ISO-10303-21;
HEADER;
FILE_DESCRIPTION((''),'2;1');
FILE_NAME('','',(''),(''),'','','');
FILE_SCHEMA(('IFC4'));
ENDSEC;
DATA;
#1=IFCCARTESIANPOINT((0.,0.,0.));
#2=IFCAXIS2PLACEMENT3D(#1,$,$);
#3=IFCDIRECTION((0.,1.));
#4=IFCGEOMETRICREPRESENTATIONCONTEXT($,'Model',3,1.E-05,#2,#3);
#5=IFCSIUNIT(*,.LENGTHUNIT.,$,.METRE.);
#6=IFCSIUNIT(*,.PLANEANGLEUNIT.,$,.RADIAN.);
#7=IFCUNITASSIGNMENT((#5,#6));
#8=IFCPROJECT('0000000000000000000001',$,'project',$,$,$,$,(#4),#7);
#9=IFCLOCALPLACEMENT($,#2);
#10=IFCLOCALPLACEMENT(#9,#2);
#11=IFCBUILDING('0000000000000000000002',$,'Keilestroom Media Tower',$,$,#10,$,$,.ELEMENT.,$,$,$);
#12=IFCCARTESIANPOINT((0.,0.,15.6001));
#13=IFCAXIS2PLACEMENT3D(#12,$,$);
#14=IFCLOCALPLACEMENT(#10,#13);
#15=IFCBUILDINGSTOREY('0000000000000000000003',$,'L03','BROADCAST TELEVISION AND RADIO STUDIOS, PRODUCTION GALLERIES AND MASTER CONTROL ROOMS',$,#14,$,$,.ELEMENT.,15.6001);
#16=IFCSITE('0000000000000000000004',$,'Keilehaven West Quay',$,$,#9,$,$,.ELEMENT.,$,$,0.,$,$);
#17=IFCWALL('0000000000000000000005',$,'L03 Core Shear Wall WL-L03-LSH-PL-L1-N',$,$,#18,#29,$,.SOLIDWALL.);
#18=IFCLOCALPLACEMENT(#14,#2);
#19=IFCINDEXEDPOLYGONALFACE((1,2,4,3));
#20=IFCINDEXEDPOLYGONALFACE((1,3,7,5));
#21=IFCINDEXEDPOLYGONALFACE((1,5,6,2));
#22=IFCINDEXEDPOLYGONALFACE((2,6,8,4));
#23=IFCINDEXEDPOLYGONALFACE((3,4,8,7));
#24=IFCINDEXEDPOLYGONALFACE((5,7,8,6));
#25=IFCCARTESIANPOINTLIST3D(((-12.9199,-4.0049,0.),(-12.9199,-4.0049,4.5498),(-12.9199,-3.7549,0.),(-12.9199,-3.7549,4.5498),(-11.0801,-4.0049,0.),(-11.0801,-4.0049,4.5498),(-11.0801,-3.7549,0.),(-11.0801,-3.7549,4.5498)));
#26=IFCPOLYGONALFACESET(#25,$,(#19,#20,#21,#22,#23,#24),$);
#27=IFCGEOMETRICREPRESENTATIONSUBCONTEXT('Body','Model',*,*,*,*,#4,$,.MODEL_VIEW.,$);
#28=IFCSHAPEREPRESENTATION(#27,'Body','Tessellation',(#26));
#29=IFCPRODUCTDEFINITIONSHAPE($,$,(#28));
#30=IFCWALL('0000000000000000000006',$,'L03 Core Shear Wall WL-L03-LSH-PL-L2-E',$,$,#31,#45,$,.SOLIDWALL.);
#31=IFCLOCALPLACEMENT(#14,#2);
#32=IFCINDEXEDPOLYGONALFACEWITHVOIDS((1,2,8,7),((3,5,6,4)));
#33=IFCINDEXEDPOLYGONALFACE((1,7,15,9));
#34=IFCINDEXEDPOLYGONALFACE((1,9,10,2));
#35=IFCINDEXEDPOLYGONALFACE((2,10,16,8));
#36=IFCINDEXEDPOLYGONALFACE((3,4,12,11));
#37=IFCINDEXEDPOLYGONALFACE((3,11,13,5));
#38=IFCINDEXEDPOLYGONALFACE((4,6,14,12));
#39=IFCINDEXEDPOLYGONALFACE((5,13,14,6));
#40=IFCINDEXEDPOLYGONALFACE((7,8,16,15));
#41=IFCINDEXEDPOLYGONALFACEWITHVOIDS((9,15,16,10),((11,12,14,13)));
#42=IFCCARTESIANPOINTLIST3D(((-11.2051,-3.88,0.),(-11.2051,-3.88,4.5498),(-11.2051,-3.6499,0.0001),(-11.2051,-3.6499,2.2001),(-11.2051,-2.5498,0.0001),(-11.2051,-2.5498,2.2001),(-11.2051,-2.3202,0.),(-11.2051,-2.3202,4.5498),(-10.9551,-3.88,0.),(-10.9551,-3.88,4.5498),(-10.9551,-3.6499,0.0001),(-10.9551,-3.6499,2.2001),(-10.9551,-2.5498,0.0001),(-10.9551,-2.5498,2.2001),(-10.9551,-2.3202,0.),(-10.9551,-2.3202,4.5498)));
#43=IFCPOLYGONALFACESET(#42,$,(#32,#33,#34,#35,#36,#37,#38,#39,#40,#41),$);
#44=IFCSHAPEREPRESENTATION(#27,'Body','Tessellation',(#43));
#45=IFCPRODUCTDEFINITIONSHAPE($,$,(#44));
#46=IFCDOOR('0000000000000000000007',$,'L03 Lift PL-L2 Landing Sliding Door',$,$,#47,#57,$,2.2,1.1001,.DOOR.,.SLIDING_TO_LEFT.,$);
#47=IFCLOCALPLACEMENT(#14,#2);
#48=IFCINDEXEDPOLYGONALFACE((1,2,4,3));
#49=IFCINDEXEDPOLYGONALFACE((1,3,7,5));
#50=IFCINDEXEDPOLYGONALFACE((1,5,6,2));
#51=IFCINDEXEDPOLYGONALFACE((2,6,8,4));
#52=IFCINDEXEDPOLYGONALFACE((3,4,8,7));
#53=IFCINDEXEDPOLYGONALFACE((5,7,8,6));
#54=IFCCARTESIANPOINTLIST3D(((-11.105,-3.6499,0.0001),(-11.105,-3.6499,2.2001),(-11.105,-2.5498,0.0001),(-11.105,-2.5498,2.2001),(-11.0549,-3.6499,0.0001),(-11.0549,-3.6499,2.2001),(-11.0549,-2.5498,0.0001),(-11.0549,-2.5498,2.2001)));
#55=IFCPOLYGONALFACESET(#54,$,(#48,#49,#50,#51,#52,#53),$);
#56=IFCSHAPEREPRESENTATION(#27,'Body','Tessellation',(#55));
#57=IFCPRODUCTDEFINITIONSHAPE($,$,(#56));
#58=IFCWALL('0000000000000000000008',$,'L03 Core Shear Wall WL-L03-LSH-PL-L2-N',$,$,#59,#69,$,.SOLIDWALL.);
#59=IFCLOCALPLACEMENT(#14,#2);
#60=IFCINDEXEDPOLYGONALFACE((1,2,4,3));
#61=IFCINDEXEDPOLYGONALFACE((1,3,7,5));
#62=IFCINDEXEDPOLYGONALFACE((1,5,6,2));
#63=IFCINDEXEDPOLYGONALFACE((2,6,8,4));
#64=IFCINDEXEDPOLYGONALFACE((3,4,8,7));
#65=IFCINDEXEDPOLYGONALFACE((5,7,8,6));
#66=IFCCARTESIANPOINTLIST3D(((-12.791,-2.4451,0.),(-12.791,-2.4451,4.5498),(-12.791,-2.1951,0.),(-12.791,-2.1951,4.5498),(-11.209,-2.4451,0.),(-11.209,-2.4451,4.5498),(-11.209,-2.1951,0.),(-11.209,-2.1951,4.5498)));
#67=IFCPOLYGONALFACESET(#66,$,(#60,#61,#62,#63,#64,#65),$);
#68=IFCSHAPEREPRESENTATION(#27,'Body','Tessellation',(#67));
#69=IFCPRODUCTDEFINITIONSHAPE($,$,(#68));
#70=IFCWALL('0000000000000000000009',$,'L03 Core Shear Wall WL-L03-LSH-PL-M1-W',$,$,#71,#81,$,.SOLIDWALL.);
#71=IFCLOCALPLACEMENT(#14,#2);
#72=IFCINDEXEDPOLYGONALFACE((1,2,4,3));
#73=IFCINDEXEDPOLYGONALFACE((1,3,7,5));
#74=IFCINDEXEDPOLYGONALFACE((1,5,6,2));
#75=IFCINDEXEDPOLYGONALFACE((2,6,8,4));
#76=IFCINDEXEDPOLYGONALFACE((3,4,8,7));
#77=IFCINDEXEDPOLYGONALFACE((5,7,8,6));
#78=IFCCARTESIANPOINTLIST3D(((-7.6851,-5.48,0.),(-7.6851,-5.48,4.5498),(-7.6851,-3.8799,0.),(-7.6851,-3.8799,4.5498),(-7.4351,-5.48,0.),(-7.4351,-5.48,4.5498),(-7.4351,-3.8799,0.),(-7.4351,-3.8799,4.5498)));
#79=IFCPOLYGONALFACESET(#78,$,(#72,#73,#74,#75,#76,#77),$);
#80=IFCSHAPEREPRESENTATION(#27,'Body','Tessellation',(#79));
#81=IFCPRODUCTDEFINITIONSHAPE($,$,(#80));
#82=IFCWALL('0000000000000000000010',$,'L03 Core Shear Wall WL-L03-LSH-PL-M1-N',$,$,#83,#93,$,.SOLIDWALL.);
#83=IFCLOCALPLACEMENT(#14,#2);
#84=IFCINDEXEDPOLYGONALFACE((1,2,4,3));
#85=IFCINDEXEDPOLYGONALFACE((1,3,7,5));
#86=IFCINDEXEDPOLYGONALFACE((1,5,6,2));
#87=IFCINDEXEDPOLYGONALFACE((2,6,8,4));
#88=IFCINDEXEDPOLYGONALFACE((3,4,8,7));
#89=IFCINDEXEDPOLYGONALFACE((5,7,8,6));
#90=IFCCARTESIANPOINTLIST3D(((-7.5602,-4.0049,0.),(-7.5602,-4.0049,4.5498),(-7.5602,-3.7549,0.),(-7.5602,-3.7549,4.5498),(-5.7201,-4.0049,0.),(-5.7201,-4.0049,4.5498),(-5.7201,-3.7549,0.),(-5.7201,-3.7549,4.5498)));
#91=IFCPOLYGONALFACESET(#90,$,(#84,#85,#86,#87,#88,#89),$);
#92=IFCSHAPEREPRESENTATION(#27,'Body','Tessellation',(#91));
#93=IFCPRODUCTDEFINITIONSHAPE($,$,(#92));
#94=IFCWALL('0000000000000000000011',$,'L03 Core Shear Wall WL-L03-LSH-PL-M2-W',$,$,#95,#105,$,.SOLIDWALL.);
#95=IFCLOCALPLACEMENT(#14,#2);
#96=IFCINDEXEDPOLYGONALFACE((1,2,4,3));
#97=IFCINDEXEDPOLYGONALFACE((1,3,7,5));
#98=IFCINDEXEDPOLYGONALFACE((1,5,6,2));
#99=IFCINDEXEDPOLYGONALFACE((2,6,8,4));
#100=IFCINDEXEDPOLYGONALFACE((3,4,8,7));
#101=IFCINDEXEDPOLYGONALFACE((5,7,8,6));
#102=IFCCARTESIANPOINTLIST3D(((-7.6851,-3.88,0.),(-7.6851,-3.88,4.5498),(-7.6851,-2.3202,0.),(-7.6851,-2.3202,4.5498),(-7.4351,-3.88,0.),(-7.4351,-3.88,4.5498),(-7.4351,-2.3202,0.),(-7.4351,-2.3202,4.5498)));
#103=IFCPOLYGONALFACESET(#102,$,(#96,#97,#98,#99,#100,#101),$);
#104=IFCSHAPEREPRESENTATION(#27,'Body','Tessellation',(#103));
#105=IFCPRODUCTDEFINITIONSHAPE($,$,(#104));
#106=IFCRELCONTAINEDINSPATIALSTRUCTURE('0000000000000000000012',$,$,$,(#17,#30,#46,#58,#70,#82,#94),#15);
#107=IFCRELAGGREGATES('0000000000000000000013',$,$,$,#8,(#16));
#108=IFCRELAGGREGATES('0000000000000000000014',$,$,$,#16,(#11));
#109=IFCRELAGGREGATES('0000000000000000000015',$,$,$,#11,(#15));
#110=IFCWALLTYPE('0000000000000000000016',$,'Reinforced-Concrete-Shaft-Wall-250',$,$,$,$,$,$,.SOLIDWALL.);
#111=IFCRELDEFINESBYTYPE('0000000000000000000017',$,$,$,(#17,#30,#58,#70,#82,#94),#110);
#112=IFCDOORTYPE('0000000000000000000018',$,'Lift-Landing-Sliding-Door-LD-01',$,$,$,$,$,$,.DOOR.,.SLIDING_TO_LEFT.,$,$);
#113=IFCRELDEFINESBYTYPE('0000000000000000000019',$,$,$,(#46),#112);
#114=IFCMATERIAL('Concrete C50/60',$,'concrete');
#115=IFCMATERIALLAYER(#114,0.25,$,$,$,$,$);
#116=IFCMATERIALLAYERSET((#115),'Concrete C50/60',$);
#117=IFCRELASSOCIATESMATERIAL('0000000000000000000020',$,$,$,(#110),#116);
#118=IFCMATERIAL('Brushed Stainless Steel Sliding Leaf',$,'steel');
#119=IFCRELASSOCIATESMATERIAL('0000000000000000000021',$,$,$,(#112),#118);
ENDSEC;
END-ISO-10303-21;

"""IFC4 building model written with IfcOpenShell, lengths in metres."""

from ifc_helpers import new_model, si_unit, direction, frame, frame_2d, origin, place, context, subcontext, project, spatial, rectangle, extrude, source, transform, mapped, material, layer, layer_set, type_object, element, fill, save


model = new_model("IFC4")

# Units and contexts
model_context = context("Model", 3, precision=1e-05, world=origin(), true_north=direction((0.0, 1.0)))
body_context = subcontext(model_context, "Body", "Model", "MODEL_VIEW")
ifc_project = project(units=[si_unit("LENGTHUNIT", "METRE"), si_unit("PLANEANGLEUNIT", "RADIAN")], contexts=[model_context])

# Site, building, storey
site_placement = place(None, origin())
site = spatial("IfcSite", under=ifc_project, at=site_placement, Name="Keilehaven West Quay", CompositionType="ELEMENT", RefElevation=0.0)
building_placement = place(site_placement, origin())
building = spatial("IfcBuilding", under=site, at=building_placement, Name="Keilestroom Media Tower", CompositionType="ELEMENT")
storey_placement = place(building_placement, frame((0.0, 0.0, 15.6001)))
storey = spatial("IfcBuildingStorey", under=building, at=storey_placement, Name="L03", Description="BROADCAST TELEVISION AND RADIO STUDIOS, PRODUCTION GALLERIES AND MASTER CONTROL ROOMS", CompositionType="ELEMENT", Elevation=15.6001)

# Shared definitions
ifc_material_1 = material(Name="Concrete C50/60", Category="concrete")
ifc_layer_1 = layer(ifc_material_1, 0.25)
ifc_layer_set_1 = layer_set([ifc_layer_1], Name="Concrete C50/60")
wall_type_1 = type_object("IfcWallType", Name="Reinforced-Concrete-Shaft-Wall-250", PredefinedType="SOLIDWALL", material=ifc_layer_set_1)

# Shared definitions
ifc_material_2 = material(Name="Brushed Stainless Steel Sliding Leaf", Category="steel")
door_type_1 = type_object("IfcDoorType", Name="Lift-Landing-Sliding-Door-LD-01", OperationType="SLIDING_TO_LEFT", PredefinedType="DOOR", material=ifc_material_2)
shared_shape_1 = source(origin(), body_context, "Body", "SweptSolid", [
    extrude(rectangle(XDim=1.1001, YDim=2.2, at=frame_2d((0.55, 1.1001))), frame((0.0, 0.0249, 0.0), z_axis=(0.0, -1.0, 0.0), x_axis=(1.0, 0.0, 0.0)), (0.0, 0.0, 1.0), 0.05),
])

# Wall
wall_1_placement = place(storey_placement, frame((-12.9199, -3.8799, 0.0), z_axis=(0.0, 0.0, 1.0), x_axis=(1.0, 0.0, 0.0)))
element("IfcWall", 1, at=wall_1_placement, inside=storey, type_object=wall_type_1, Name="L03 Core Shear Wall WL-L03-LSH-PL-L1-N", PredefinedType="SOLIDWALL", context=body_context, shape_type="SweptSolid", body=[
    extrude(rectangle(XDim=1.8398, YDim=0.25, at=frame_2d((0.9199, 0.0))), origin(), (0.0, 0.0, 1.0), 4.5498),
])

# Wall, opening, door
wall_2_placement = place(storey_placement, frame((-11.0801, -3.8799, 0.0), z_axis=(0.0, 0.0, 1.0), x_axis=(0.0, 1.0, 0.0)))
wall_2 = element("IfcWall", 2, at=wall_2_placement, inside=storey, type_object=wall_type_1, Name="L03 Core Shear Wall WL-L03-LSH-PL-L2-E", PredefinedType="SOLIDWALL", context=body_context, shape_type="SweptSolid", body=[
    extrude(rectangle(XDim=1.5598, YDim=0.25, at=frame_2d((0.7798, 0.0))), origin(), (0.0, 0.0, 1.0), 4.5498),
])
opening_1_placement = place(wall_2_placement, frame((0.23, 0.0, 0.0)))
opening_1 = element("IfcOpeningElement", 3, at=opening_1_placement, cuts=wall_2, PredefinedType="OPENING", context=body_context, shape_type="SweptSolid", body=[
    extrude(rectangle(XDim=1.1001, YDim=2.2, at=frame_2d((0.55, 1.1001))), frame((0.0, 0.135, 0.0), z_axis=(0.0, -1.0, 0.0), x_axis=(1.0, 0.0, 0.0)), (0.0, 0.0, 1.0), 0.27),
])
door_1_placement = place(opening_1_placement, origin())
door_1 = element("IfcDoor", 4, at=door_1_placement, inside=storey, type_object=door_type_1, Name="L03 Lift PL-L2 Landing Sliding Door", OperationType="SLIDING_TO_LEFT", OverallHeight=2.2, OverallWidth=1.1001, PredefinedType="DOOR", context=body_context, shape_type="MappedRepresentation", body=[
    mapped(shared_shape_1, transform((0.0, 0.0, 0.0), x_axis=(1.0, 0.0, 0.0), y_axis=(0.0, 1.0, 0.0), z_axis=(0.0, 0.0, 1.0), scale=1.0)),
])
fill(opening_1, door_1)

# Walls
wall_3_placement = place(storey_placement, frame((-12.791, -2.3201, 0.0), z_axis=(0.0, 0.0, 1.0), x_axis=(1.0, 0.0, 0.0)))
element("IfcWall", 5, at=wall_3_placement, inside=storey, type_object=wall_type_1, Name="L03 Core Shear Wall WL-L03-LSH-PL-L2-N", PredefinedType="SOLIDWALL", context=body_context, shape_type="SweptSolid", body=[
    extrude(rectangle(XDim=1.582, YDim=0.25, at=frame_2d((0.791, 0.0))), origin(), (0.0, 0.0, 1.0), 4.5498),
])
wall_4_placement = place(storey_placement, frame((-7.5601, -5.48, 0.0), z_axis=(0.0, 0.0, 1.0), x_axis=(0.0, 1.0, 0.0)))
element("IfcWall", 6, at=wall_4_placement, inside=storey, type_object=wall_type_1, Name="L03 Core Shear Wall WL-L03-LSH-PL-M1-W", PredefinedType="SOLIDWALL", context=body_context, shape_type="SweptSolid", body=[
    extrude(rectangle(XDim=1.6001, YDim=0.25, at=frame_2d((0.8, 0.0))), origin(), (0.0, 0.0, 1.0), 4.5498),
])
wall_5_placement = place(storey_placement, frame((-7.5601, -3.8799, 0.0), z_axis=(0.0, 0.0, 1.0), x_axis=(1.0, 0.0, 0.0)))
element("IfcWall", 7, at=wall_5_placement, inside=storey, type_object=wall_type_1, Name="L03 Core Shear Wall WL-L03-LSH-PL-M1-N", PredefinedType="SOLIDWALL", context=body_context, shape_type="SweptSolid", body=[
    extrude(rectangle(XDim=1.8401, YDim=0.25, at=frame_2d((0.9199, 0.0))), origin(), (0.0, 0.0, 1.0), 4.5498),
])
wall_6_placement = place(storey_placement, frame((-7.5601, -3.8799, 0.0), z_axis=(0.0, 0.0, 1.0), x_axis=(0.0, 1.0, 0.0)))
element("IfcWall", 8, at=wall_6_placement, inside=storey, type_object=wall_type_1, Name="L03 Core Shear Wall WL-L03-LSH-PL-M2-W", PredefinedType="SOLIDWALL", context=body_context, shape_type="SweptSolid", body=[
    extrude(rectangle(XDim=1.5598, YDim=0.25, at=frame_2d((0.7798, 0.0))), origin(), (0.0, 0.0, 1.0), 4.5498),
])

save(model, "model.ifc")
